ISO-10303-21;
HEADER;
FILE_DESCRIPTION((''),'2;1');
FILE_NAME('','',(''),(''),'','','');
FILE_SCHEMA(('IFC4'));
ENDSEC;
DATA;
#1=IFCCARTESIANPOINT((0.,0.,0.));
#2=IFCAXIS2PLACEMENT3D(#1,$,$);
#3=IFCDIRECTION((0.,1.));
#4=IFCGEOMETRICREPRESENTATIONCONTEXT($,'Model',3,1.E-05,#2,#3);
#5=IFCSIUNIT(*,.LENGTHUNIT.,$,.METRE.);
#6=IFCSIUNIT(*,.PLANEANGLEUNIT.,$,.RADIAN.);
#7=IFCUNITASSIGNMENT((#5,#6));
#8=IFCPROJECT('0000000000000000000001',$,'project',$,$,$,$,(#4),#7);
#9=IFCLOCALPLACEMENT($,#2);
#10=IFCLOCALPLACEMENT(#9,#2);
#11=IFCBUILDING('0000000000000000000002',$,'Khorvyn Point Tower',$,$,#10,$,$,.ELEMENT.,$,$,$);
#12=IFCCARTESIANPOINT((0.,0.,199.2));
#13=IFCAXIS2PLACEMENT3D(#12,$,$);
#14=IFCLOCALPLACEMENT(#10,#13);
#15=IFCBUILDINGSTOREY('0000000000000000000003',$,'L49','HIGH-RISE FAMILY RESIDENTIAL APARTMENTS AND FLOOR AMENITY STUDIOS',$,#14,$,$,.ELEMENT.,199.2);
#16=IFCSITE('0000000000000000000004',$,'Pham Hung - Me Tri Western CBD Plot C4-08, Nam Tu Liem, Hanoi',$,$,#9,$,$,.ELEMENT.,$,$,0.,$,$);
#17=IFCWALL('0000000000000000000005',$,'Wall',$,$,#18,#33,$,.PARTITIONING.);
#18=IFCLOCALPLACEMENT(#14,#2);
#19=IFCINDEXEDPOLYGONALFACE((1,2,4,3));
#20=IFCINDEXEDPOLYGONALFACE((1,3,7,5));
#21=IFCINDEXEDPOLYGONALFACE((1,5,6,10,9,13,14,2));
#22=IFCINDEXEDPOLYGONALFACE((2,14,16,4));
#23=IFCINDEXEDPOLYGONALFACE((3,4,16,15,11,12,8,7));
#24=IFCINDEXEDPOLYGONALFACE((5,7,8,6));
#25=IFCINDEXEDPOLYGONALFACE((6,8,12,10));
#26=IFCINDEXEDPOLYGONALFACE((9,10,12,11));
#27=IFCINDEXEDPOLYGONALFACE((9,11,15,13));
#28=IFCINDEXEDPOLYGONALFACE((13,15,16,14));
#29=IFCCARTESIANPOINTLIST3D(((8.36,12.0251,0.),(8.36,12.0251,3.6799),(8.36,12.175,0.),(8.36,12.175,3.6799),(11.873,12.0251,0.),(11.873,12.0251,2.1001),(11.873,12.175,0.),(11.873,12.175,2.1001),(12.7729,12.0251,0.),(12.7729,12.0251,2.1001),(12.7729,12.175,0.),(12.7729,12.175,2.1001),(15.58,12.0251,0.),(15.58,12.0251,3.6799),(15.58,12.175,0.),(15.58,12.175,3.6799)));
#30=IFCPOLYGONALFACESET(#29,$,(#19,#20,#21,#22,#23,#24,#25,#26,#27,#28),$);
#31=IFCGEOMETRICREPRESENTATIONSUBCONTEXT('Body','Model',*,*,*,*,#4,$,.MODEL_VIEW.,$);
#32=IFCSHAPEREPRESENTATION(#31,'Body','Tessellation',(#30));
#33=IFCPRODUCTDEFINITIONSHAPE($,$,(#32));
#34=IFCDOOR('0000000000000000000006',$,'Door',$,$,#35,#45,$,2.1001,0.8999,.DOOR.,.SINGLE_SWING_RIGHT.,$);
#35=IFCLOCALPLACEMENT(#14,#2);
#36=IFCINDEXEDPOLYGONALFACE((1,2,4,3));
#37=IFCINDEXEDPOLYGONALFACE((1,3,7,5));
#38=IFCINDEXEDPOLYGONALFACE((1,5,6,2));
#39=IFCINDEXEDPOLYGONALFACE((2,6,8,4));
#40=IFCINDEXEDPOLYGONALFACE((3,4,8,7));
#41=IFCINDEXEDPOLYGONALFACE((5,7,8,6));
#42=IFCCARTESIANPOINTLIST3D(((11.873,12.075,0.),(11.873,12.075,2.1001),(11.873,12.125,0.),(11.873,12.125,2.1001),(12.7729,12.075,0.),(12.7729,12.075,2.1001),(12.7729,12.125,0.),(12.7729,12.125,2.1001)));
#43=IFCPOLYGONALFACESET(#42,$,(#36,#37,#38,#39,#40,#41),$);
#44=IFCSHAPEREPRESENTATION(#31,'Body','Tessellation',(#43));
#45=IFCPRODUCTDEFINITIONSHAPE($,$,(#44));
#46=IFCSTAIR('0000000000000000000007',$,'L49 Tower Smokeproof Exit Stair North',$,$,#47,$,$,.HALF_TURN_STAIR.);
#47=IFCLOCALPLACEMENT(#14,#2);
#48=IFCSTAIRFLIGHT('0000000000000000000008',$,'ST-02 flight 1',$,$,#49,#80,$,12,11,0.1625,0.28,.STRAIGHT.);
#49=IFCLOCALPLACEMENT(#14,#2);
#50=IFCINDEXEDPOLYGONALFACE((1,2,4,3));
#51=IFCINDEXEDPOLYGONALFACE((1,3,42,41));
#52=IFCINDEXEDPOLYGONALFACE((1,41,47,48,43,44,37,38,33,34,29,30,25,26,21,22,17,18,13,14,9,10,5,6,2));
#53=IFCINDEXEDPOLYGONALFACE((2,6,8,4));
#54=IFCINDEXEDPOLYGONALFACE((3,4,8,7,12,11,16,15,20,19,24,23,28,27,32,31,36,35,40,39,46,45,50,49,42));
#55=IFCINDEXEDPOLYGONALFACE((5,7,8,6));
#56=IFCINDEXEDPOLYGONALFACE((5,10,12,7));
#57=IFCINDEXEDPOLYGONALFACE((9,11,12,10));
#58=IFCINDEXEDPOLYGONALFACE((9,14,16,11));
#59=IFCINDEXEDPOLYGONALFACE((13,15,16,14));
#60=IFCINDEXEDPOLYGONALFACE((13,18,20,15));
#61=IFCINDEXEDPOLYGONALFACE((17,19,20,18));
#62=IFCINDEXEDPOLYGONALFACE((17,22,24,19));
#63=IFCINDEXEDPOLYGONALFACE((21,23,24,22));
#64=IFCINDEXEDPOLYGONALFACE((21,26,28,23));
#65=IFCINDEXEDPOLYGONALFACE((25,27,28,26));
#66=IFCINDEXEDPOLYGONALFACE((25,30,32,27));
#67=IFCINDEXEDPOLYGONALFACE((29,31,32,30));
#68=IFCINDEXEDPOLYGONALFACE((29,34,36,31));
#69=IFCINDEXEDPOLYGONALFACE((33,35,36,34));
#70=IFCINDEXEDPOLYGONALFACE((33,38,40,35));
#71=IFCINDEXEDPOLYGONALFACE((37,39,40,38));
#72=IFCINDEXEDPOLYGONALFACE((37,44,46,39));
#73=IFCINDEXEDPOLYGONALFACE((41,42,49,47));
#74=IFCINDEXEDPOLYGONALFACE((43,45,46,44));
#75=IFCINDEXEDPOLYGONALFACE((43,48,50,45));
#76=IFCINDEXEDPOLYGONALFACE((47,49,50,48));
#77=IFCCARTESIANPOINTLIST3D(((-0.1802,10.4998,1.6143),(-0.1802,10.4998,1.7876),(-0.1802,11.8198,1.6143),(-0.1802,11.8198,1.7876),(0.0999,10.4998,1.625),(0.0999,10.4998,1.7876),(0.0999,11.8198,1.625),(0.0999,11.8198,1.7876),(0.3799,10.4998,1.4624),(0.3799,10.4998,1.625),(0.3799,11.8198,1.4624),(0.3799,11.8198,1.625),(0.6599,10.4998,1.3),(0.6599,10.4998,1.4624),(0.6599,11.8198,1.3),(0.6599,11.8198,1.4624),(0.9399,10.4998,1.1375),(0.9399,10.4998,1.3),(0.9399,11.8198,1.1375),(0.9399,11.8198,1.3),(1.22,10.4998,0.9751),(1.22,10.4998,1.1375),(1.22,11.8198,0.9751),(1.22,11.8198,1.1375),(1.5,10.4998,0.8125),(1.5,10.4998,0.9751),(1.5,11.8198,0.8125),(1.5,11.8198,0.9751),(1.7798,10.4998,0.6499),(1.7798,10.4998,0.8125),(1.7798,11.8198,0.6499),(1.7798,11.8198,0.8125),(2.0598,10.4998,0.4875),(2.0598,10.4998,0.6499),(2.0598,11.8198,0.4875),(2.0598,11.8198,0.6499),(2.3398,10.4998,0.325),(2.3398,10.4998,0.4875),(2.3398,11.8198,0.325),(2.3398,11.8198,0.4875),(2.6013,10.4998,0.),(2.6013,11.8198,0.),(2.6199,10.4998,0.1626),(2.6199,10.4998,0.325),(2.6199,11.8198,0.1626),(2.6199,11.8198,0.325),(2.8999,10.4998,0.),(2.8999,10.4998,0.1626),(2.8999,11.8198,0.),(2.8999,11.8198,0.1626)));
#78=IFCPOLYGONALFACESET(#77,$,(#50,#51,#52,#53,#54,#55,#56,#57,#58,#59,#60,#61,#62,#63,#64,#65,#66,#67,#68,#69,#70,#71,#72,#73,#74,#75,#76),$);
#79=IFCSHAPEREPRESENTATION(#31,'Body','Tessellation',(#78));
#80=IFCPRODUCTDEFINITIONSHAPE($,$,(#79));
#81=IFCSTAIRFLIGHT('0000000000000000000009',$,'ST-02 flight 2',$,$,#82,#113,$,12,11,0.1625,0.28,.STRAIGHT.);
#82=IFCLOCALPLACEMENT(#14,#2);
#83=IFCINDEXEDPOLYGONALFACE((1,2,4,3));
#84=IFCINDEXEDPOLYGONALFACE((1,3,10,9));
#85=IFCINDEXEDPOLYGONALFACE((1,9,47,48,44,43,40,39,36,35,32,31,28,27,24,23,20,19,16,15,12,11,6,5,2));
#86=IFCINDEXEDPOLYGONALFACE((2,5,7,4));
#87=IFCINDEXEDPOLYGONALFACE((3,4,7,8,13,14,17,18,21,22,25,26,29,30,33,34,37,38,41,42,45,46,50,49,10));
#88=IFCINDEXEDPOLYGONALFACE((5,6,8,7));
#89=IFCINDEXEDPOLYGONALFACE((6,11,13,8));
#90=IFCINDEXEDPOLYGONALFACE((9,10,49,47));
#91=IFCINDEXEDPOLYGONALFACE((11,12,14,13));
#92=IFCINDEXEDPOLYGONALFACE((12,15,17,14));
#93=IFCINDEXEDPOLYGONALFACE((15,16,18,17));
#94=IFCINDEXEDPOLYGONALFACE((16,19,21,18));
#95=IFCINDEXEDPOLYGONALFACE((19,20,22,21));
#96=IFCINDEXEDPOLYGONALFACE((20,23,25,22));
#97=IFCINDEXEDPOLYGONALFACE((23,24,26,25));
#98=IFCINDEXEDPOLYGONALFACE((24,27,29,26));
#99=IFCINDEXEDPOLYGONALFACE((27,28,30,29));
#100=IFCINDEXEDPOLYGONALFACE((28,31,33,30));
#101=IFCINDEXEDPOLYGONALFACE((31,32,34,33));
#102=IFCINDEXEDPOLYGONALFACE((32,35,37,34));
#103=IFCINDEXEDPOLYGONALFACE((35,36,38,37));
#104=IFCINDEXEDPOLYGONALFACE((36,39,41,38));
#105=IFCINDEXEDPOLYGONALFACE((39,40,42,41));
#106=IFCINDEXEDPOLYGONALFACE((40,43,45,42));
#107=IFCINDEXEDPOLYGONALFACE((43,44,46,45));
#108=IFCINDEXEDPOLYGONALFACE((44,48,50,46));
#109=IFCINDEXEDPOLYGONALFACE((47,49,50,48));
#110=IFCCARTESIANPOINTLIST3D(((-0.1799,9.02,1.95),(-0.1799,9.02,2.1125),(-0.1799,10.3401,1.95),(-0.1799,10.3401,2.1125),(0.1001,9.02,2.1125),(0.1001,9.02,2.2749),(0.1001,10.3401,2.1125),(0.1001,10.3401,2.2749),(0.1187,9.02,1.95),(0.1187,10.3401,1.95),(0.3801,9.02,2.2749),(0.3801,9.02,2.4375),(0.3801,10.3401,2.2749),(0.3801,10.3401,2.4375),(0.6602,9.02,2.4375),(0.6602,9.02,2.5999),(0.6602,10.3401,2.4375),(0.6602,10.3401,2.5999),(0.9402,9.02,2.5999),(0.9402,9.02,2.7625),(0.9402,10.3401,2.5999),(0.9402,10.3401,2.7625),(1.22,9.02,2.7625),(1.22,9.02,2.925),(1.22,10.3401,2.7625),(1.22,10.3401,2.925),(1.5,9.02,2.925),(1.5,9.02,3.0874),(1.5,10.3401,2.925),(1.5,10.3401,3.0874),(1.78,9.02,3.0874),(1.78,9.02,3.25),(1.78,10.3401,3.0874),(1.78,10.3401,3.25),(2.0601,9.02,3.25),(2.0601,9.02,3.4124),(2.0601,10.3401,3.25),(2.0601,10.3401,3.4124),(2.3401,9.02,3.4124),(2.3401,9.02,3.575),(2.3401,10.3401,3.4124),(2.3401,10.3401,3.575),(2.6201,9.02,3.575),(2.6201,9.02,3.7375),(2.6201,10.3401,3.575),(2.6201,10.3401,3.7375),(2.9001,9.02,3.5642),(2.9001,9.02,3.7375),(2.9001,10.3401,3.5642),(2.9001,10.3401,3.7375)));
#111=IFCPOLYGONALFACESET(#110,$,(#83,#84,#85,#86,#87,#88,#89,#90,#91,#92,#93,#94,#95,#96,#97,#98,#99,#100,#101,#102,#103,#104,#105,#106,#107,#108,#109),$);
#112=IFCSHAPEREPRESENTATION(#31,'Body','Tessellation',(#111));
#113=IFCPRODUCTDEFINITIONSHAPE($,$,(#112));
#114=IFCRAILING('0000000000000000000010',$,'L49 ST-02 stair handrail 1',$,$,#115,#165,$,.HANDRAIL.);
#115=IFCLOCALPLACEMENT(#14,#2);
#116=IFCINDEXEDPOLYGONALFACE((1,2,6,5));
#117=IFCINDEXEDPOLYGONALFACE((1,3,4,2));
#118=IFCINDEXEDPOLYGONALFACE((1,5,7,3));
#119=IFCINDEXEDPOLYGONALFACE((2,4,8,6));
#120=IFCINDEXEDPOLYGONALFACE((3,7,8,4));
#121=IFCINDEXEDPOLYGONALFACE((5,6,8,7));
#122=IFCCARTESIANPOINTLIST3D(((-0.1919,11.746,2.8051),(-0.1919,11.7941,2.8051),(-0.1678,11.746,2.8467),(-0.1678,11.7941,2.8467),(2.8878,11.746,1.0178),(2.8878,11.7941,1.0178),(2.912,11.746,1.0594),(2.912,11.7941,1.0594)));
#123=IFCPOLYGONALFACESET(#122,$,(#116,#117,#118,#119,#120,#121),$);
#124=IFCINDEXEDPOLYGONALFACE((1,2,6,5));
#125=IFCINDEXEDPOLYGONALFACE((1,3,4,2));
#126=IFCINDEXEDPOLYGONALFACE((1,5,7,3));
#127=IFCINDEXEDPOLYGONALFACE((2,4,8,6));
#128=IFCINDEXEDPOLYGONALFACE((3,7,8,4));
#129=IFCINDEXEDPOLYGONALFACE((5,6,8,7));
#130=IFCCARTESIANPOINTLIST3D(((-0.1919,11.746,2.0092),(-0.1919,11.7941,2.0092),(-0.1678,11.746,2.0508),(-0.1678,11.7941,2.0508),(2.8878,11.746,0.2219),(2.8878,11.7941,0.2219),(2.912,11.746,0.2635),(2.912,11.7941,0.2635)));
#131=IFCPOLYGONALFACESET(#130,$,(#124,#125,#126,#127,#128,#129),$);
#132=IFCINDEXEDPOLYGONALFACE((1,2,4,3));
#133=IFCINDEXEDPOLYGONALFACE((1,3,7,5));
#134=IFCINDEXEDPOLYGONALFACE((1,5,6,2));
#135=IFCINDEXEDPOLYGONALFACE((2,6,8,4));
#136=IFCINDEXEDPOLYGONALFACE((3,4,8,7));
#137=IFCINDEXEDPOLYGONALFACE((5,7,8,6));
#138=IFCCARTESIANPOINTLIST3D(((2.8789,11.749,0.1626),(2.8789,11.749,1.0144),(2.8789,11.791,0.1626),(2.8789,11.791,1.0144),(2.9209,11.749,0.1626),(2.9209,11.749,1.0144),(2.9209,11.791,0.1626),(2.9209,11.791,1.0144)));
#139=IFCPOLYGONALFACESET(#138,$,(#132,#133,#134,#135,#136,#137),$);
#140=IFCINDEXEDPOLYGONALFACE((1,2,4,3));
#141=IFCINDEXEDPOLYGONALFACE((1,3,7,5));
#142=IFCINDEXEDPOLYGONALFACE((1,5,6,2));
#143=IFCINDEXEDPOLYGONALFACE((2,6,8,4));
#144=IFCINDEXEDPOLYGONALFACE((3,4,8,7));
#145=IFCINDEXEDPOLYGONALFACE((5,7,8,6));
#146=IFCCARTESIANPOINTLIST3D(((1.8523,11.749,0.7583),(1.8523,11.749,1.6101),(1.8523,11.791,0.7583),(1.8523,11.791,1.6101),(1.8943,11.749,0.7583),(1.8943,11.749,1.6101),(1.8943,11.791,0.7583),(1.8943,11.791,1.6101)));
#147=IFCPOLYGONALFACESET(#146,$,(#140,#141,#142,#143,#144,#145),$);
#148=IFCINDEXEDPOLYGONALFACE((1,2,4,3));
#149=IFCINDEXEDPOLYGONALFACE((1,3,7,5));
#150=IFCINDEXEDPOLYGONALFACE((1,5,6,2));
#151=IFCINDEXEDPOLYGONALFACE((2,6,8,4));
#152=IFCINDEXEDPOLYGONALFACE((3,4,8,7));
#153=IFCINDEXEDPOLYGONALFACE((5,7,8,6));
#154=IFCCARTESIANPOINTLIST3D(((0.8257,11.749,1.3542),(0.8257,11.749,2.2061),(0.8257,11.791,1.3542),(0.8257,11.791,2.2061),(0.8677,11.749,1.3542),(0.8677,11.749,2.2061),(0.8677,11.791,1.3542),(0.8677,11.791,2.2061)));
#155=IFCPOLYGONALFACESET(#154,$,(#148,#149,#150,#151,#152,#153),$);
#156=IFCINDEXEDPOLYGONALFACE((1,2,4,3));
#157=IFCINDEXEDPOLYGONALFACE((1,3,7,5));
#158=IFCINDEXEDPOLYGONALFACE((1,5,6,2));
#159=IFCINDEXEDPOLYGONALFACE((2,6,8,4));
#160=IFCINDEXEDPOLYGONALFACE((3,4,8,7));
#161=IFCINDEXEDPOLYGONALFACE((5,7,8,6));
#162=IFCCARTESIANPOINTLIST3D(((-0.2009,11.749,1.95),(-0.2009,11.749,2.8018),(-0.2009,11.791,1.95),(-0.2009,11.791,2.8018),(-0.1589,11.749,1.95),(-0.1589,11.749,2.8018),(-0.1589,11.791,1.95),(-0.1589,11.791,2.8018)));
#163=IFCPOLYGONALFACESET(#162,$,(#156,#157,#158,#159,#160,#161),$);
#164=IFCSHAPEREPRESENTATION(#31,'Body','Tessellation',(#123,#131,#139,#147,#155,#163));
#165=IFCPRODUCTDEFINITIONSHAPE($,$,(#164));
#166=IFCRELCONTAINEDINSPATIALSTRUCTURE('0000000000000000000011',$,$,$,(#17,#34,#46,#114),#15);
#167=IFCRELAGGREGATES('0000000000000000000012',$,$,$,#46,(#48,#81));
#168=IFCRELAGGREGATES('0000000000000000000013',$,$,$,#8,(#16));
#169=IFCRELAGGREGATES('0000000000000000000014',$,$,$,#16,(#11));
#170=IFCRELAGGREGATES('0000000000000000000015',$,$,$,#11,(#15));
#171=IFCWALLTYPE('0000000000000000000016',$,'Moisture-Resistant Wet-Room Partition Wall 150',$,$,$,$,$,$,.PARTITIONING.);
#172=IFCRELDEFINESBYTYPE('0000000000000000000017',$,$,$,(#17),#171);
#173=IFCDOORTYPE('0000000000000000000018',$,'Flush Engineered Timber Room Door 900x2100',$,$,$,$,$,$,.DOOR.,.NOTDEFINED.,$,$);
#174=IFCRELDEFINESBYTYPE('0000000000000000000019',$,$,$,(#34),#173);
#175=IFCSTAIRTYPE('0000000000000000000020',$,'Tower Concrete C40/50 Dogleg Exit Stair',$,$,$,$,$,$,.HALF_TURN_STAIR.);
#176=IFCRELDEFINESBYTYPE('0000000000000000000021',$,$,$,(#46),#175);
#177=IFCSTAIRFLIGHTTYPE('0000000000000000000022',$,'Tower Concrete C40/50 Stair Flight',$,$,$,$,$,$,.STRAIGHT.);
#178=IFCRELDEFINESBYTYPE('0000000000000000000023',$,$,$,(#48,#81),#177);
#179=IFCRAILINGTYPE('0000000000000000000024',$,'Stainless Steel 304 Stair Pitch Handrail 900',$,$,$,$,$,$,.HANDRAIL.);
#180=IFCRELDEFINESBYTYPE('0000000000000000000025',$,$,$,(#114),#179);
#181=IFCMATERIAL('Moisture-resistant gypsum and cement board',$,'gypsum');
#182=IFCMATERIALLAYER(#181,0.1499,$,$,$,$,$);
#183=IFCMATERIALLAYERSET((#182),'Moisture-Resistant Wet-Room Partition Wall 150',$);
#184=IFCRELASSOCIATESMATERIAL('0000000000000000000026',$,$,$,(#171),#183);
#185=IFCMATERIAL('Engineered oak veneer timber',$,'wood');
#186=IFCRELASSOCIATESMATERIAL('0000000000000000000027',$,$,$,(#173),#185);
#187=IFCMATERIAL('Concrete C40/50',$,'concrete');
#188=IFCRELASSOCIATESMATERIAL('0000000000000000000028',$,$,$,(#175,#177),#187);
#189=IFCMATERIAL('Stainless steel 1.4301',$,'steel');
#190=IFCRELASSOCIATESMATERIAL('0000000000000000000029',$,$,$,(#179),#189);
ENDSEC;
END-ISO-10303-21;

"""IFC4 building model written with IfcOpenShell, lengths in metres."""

from ifc_helpers import new_model, si_unit, direction, frame, frame_2d, origin, origin_2d, place, context, subcontext, project, spatial, polyline, rectangle, outline, extrude, material, layer, layer_set, type_object, element, fill, aggregate, save


model = new_model("IFC4")

# Units and contexts
model_context = context("Model", 3, precision=1e-05, world=origin(), true_north=direction((0.0, 1.0)))
body_context = subcontext(model_context, "Body", "Model", "MODEL_VIEW")
ifc_project = project(units=[si_unit("LENGTHUNIT", "METRE"), si_unit("PLANEANGLEUNIT", "RADIAN")], contexts=[model_context])

# Site, building, storey
site_placement = place(None, origin())
site = spatial("IfcSite", under=ifc_project, at=site_placement, Name="Pham Hung - Me Tri Western CBD Plot C4-08, Nam Tu Liem, Hanoi", CompositionType="ELEMENT", RefElevation=0.0)
building_placement = place(site_placement, origin())
building = spatial("IfcBuilding", under=site, at=building_placement, Name="Khorvyn Point Tower", CompositionType="ELEMENT")
storey_placement = place(building_placement, frame((0.0, 0.0, 199.2)))
storey = spatial("IfcBuildingStorey", under=building, at=storey_placement, Name="L49", Description="HIGH-RISE FAMILY RESIDENTIAL APARTMENTS AND FLOOR AMENITY STUDIOS", CompositionType="ELEMENT", Elevation=199.2)

# Shared definitions
ifc_material_1 = material(Name="Concrete C40/50", Category="concrete")

# Wall, opening, door
ifc_material_2 = material(Name="Moisture-resistant gypsum and cement board", Category="gypsum")
ifc_layer_1 = layer(ifc_material_2, 0.1499)
ifc_layer_set_1 = layer_set([ifc_layer_1], Name="Moisture-Resistant Wet-Room Partition Wall 150")
wall_type_1 = type_object("IfcWallType", Name="Moisture-Resistant Wet-Room Partition Wall 150", PredefinedType="PARTITIONING", material=ifc_layer_set_1)
wall_1_placement = place(storey_placement, frame((8.3601, 12.1001, 0.0), z_axis=(0.0, 0.0, 1.0), x_axis=(1.0, 0.0, 0.0)))
wall_1 = element("IfcWall", 1, at=wall_1_placement, inside=storey, type_object=wall_type_1, Name="Wall", PredefinedType="PARTITIONING", context=body_context, shape_type="SweptSolid", body=[
    extrude(rectangle(XDim=7.22, YDim=0.1499, at=frame_2d((3.6099, 0.0))), origin(), (0.0, 0.0, 1.0), 3.6799),
])
opening_1_placement = place(wall_1_placement, frame((3.5129, 0.0, 0.0)))
opening_1 = element("IfcOpeningElement", 2, at=opening_1_placement, cuts=wall_1, PredefinedType="OPENING", context=body_context, shape_type="SweptSolid", body=[
    extrude(rectangle(XDim=0.8999, YDim=2.1001, at=frame_2d((0.45, 1.05))), frame((0.0, 0.085, 0.0), z_axis=(0.0, -1.0, 0.0), x_axis=(1.0, 0.0, 0.0)), (0.0, 0.0, 1.0), 0.1699),
])
ifc_material_3 = material(Name="Engineered oak veneer timber", Category="wood")
door_type_1 = type_object("IfcDoorType", Name="Flush Engineered Timber Room Door 900x2100", OperationType="NOTDEFINED", PredefinedType="DOOR", material=ifc_material_3)
door_1_placement = place(opening_1_placement, origin())
door_1 = element("IfcDoor", 3, at=door_1_placement, inside=storey, type_object=door_type_1, Name="Door", OperationType="SINGLE_SWING_RIGHT", OverallHeight=2.1001, OverallWidth=0.8999, PredefinedType="DOOR", context=body_context, shape_type="SweptSolid", body=[
    extrude(rectangle(XDim=0.8999, YDim=2.1001, at=frame_2d((0.45, 1.05))), frame((0.0, 0.0249, 0.0), z_axis=(0.0, -1.0, 0.0), x_axis=(1.0, 0.0, 0.0)), (0.0, 0.0, 1.0), 0.05),
])
fill(opening_1, door_1)

# Stair, stair flights
stair_type = type_object("IfcStairType", Name="Tower Concrete C40/50 Dogleg Exit Stair", PredefinedType="HALF_TURN_STAIR", material=ifc_material_1)
stair_placement = place(storey_placement, origin())
stair = element("IfcStair", 4, at=stair_placement, inside=storey, type_object=stair_type, Name="L49 Tower Smokeproof Exit Stair North", PredefinedType="HALF_TURN_STAIR")
stair_flight_type = type_object("IfcStairFlightType", Name="Tower Concrete C40/50 Stair Flight", PredefinedType="STRAIGHT", material=ifc_material_1)
stair_flight_1_placement = place(storey_placement, frame((2.8999, 11.1599, 0.0), z_axis=(0.0, 0.0, 1.0), x_axis=(-1.0, 0.0, 0.0)))
stair_flight_1 = element("IfcStairFlight", 5, at=stair_flight_1_placement, type_object=stair_flight_type, Name="ST-02 flight 1", NumberOfRisers=12, NumberOfTreads=11, PredefinedType="STRAIGHT", RiserHeight=0.1625, TreadLength=0.28, context=body_context, shape_type="SweptSolid", body=[
    extrude(outline(polyline([(0.0, 0.0), (0.0, 0.1626), (0.28, 0.1626), (0.28, 0.325), (0.5601, 0.325), (0.5601, 0.4875), (0.8401, 0.4875), (0.8401, 0.6499), (1.1201, 0.6499), (1.1201, 0.8125), (1.3999, 0.8125), (1.3999, 0.9751), (1.6799, 0.9751), (1.6799, 1.1375), (1.96, 1.1375), (1.96, 1.3), (2.24, 1.3), (2.24, 1.4624), (2.52, 1.4624), (2.52, 1.625), (2.8, 1.625), (2.8, 1.7876), (3.0801, 1.7876), (3.0801, 1.95), (3.0801, 1.6143), (0.2986, 0.0), (0.0, 0.0)])), frame((0.0, 0.6602, 0.0), z_axis=(0.0, -1.0, 0.0), x_axis=(1.0, 0.0, 0.0)), (0.0, 0.0, 1.0), 1.3201),
])
stair_flight_2_placement = place(storey_placement, frame((-0.1799, 9.6799, 1.95), z_axis=(0.0, 0.0, 1.0), x_axis=(1.0, 0.0, 0.0)))
stair_flight_2 = element("IfcStairFlight", 6, at=stair_flight_2_placement, type_object=stair_flight_type, Name="ST-02 flight 2", NumberOfRisers=12, NumberOfTreads=11, PredefinedType="STRAIGHT", RiserHeight=0.1625, TreadLength=0.28, context=body_context, shape_type="SweptSolid", body=[
    extrude(outline(polyline([(0.0, 0.0), (0.0, 0.1626), (0.28, 0.1626), (0.28, 0.325), (0.5601, 0.325), (0.5601, 0.4875), (0.8401, 0.4875), (0.8401, 0.6499), (1.1201, 0.6499), (1.1201, 0.8125), (1.3999, 0.8125), (1.3999, 0.9751), (1.6799, 0.9751), (1.6799, 1.1375), (1.96, 1.1375), (1.96, 1.3), (2.24, 1.3), (2.24, 1.4624), (2.52, 1.4624), (2.52, 1.625), (2.8, 1.625), (2.8, 1.7876), (3.0801, 1.7876), (3.0801, 1.95), (3.0801, 1.6143), (0.2986, 0.0), (0.0, 0.0)])), frame((0.0, 0.6602, 0.0), z_axis=(0.0, -1.0, 0.0), x_axis=(1.0, 0.0, 0.0)), (0.0, 0.0, 1.0), 1.3201),
])
aggregate(stair, [stair_flight_1, stair_flight_2])

# Railing
ifc_material_4 = material(Name="Stainless steel 1.4301", Category="steel")
railing_type_1 = type_object("IfcRailingType", Name="Stainless Steel 304 Stair Pitch Handrail 900", PredefinedType="HANDRAIL", material=ifc_material_4)
railing_1_placement = place(storey_placement, frame((2.8999, 11.77, 0.1626)))
element("IfcRailing", 7, at=railing_1_placement, inside=storey, type_object=railing_type_1, Name="L49 ST-02 stair handrail 1", PredefinedType="HANDRAIL", context=body_context, shape_type="SweptSolid", body=[
    extrude(rectangle(XDim=0.0481, YDim=0.0481, at=origin_2d()), frame((0.0, 0.0, 0.876), z_axis=(-0.864903, 0.0, 0.501939), x_axis=(0.0, -1.0, 0.0)), (0.0, 0.0, 1.0), 3.5608),
    extrude(rectangle(XDim=0.0481, YDim=0.0481, at=origin_2d()), frame((0.0, 0.0, 0.0801), z_axis=(-0.864903, 0.0, 0.501939), x_axis=(0.0, -1.0, 0.0)), (0.0, 0.0, 1.0), 3.5608),
    extrude(rectangle(XDim=0.042, YDim=0.042, at=origin_2d()), origin(), (0.0, 0.0, 1.0), 0.8518),
    extrude(rectangle(XDim=0.042, YDim=0.042, at=origin_2d()), frame((-1.0266, 0.0, 0.5957)), (0.0, 0.0, 1.0), 0.8518),
    extrude(rectangle(XDim=0.042, YDim=0.042, at=origin_2d()), frame((-2.0532, 0.0, 1.1917)), (0.0, 0.0, 1.0), 0.8518),
    extrude(rectangle(XDim=0.042, YDim=0.042, at=origin_2d()), frame((-3.0798, 0.0, 1.7874)), (0.0, 0.0, 1.0), 0.8518),
])

save(model, "model.ifc")
